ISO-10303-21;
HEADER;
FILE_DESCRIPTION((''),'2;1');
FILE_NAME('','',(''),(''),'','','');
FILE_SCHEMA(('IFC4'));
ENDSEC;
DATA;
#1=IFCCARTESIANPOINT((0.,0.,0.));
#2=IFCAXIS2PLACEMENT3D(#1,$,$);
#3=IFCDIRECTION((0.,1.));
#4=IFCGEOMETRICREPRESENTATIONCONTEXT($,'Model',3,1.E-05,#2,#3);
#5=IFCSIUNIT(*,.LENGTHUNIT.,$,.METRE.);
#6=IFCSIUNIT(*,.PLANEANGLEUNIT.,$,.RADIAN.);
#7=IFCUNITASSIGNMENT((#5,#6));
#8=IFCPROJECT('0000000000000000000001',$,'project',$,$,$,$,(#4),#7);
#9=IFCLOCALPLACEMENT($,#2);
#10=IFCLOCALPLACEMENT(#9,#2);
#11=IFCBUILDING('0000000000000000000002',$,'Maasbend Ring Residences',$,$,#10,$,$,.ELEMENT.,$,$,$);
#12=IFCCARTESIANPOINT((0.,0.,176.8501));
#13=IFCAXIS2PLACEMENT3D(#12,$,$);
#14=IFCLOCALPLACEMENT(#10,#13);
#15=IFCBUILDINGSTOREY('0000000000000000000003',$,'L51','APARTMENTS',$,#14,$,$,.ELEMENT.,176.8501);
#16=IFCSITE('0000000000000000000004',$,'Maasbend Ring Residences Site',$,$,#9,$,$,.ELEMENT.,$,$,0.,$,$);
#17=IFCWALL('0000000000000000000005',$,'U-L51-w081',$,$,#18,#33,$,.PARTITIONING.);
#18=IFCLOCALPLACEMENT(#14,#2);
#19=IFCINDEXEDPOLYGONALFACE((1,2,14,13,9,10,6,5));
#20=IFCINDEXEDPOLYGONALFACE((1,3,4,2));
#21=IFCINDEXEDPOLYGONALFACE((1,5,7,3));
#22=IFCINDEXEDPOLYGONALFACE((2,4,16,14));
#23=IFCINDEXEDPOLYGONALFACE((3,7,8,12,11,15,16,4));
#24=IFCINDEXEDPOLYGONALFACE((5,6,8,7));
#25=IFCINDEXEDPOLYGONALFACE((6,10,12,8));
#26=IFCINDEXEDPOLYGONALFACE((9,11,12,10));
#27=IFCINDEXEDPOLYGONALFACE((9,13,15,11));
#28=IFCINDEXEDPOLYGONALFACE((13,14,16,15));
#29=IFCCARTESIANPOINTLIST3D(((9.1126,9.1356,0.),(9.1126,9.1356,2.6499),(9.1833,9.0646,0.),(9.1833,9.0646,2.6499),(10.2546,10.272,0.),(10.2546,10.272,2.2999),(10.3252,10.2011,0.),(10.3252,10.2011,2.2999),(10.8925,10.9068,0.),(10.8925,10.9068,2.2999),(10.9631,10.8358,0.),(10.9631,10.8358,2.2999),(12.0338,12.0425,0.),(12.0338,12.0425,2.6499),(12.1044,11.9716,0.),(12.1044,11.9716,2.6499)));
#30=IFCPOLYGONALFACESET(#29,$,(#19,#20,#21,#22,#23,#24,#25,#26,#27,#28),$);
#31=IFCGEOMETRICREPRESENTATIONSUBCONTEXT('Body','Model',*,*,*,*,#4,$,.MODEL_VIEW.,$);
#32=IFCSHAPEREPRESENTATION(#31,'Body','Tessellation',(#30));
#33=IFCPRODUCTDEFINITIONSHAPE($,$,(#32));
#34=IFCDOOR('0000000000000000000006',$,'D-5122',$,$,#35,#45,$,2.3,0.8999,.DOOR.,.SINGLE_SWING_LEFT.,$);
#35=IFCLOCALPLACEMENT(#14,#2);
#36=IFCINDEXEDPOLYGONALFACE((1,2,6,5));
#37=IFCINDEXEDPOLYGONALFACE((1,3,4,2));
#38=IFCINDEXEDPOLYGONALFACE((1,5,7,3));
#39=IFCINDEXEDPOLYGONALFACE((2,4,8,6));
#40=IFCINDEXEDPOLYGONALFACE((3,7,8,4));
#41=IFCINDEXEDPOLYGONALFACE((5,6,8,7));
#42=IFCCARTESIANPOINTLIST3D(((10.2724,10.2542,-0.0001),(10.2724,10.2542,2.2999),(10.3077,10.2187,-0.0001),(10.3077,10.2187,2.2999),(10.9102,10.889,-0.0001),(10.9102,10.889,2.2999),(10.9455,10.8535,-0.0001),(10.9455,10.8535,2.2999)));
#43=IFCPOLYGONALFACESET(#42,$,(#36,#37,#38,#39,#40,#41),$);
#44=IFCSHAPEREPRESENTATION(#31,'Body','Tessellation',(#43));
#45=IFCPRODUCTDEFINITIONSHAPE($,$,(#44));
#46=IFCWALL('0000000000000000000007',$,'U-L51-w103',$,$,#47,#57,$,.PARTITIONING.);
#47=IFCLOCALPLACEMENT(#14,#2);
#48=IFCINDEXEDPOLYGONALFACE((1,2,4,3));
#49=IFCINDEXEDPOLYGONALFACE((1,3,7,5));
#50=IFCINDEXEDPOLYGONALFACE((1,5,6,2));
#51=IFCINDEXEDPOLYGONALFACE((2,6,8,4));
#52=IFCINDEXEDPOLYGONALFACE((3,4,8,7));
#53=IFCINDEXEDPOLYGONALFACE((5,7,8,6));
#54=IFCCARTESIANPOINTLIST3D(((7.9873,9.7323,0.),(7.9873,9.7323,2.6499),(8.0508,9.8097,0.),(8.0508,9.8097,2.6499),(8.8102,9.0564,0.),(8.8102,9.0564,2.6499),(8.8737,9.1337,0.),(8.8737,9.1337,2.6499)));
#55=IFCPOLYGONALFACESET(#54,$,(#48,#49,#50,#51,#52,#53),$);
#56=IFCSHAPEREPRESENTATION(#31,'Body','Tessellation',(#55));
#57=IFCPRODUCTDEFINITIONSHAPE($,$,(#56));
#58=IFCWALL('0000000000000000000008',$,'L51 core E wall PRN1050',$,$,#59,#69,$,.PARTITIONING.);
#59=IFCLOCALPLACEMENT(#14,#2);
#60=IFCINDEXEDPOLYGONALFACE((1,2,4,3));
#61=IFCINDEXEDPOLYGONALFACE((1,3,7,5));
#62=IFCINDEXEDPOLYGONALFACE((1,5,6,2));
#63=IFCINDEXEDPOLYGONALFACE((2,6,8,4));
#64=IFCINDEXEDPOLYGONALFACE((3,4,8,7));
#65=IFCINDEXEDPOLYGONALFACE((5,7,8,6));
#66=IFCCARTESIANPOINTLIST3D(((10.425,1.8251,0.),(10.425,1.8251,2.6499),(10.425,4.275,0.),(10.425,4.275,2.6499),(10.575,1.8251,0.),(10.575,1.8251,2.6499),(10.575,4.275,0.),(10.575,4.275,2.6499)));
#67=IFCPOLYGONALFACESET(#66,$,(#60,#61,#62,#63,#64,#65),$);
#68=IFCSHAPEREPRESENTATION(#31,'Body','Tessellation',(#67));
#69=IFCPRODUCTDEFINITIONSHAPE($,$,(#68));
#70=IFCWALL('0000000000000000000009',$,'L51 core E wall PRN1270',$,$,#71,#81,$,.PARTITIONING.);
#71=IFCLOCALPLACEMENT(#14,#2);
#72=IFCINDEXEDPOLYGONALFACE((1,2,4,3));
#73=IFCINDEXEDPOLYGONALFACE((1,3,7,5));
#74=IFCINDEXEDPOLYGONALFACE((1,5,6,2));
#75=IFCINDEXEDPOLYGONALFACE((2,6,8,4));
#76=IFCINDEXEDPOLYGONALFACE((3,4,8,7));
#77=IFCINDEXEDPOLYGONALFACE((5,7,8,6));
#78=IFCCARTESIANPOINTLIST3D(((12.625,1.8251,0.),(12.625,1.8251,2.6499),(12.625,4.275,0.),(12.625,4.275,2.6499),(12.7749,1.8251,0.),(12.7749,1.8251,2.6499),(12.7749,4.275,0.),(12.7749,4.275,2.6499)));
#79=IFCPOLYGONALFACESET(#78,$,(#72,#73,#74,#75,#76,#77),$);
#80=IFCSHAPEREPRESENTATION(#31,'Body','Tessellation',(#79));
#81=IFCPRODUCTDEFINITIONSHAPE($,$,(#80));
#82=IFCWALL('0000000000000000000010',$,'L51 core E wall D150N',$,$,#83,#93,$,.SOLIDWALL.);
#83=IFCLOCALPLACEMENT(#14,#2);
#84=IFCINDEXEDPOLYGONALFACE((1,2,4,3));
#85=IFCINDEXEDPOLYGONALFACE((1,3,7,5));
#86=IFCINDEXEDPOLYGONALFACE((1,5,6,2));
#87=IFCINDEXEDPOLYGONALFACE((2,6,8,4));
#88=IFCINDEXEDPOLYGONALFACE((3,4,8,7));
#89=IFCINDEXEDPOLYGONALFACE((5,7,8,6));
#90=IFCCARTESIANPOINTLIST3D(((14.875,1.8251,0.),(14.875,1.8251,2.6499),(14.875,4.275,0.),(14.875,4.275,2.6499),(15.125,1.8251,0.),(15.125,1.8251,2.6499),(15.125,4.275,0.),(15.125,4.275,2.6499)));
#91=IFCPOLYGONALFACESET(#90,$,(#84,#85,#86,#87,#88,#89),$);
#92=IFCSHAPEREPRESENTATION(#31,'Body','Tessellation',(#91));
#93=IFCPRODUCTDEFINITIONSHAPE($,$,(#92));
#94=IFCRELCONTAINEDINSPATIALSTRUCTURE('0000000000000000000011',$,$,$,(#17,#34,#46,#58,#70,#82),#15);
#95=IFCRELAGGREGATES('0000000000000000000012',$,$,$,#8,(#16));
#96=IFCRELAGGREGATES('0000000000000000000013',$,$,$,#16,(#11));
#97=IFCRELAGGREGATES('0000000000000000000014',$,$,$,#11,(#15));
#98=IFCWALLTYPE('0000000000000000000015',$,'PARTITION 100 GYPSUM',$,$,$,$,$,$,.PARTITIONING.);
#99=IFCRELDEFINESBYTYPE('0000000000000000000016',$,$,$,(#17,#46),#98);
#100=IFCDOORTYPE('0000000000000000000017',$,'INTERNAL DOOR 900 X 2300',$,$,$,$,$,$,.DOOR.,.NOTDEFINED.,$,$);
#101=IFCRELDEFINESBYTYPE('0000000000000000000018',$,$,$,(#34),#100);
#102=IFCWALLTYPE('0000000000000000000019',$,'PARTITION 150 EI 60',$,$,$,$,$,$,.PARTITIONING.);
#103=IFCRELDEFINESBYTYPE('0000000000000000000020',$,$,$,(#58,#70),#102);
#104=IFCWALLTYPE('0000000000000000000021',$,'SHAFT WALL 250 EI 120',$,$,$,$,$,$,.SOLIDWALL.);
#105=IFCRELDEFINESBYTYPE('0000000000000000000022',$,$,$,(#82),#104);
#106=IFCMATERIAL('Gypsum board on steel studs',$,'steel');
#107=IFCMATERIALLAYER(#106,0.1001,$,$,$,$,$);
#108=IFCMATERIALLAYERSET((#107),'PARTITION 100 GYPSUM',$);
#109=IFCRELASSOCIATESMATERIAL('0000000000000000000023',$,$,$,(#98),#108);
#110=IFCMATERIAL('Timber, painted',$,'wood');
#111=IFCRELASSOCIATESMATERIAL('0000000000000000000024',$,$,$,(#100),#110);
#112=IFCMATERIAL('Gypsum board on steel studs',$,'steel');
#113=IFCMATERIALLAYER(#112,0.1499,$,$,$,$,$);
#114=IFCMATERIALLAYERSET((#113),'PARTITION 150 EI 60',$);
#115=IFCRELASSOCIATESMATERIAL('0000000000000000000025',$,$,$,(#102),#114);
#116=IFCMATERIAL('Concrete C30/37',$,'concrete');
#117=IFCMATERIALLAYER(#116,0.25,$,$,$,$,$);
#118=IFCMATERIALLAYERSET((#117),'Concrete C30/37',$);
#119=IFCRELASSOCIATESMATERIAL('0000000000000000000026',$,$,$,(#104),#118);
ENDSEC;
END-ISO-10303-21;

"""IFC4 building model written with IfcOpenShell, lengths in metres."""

from ifc_helpers import new_model, si_unit, direction, frame, frame_2d, origin, place, context, subcontext, project, spatial, rectangle, extrude, material, layer, layer_set, type_object, element, fill, save


model = new_model("IFC4")

# Units and contexts
model_context = context("Model", 3, precision=1e-05, world=origin(), true_north=direction((0.0, 1.0)))
body_context = subcontext(model_context, "Body", "Model", "MODEL_VIEW")
ifc_project = project(units=[si_unit("LENGTHUNIT", "METRE"), si_unit("PLANEANGLEUNIT", "RADIAN")], contexts=[model_context])

# Site, building, storey
site_placement = place(None, origin())
site = spatial("IfcSite", under=ifc_project, at=site_placement, Name="Maasbend Ring Residences Site", CompositionType="ELEMENT", RefElevation=0.0)
building_placement = place(site_placement, origin())
building = spatial("IfcBuilding", under=site, at=building_placement, Name="Maasbend Ring Residences", CompositionType="ELEMENT")
storey_placement = place(building_placement, frame((0.0, 0.0, 176.8501)))
storey = spatial("IfcBuildingStorey", under=building, at=storey_placement, Name="L51", Description="APARTMENTS", CompositionType="ELEMENT", Elevation=176.8501)

# Wall, opening, door
ifc_material_1 = material(Name="Gypsum board on steel studs", Category="steel")
ifc_layer_1 = layer(ifc_material_1, 0.1001)
ifc_layer_set_1 = layer_set([ifc_layer_1], Name="PARTITION 100 GYPSUM")
wall_type_1 = type_object("IfcWallType", Name="PARTITION 100 GYPSUM", PredefinedType="PARTITIONING", material=ifc_layer_set_1)
ifc_material_2 = material(Name="Timber, painted", Category="wood")
door_type_1 = type_object("IfcDoorType", Name="INTERNAL DOOR 900 X 2300", OperationType="NOTDEFINED", PredefinedType="DOOR", material=ifc_material_2)
wall_1_placement = place(storey_placement, frame((9.1479, 9.1001, 0.0), z_axis=(0.0, 0.0, 1.0), x_axis=(0.708823, 0.705387, 0.0)))
wall_1 = element("IfcWall", 1, at=wall_1_placement, inside=storey, type_object=wall_type_1, Name="U-L51-w081", PredefinedType="PARTITIONING", context=body_context, shape_type="SweptSolid", body=[
    extrude(rectangle(XDim=4.1211, YDim=0.1001, at=frame_2d((2.0605, 0.0))), origin(), (0.0, 0.0, 1.0), 2.6499),
])
opening_1_placement = place(wall_1_placement, frame((1.6111, 0.0, 0.0)))
opening_1 = element("IfcOpeningElement", 2, at=opening_1_placement, cuts=wall_1, PredefinedType="OPENING", context=body_context, shape_type="SweptSolid", body=[
    extrude(rectangle(XDim=0.8999, YDim=2.3, at=frame_2d((0.45, 1.1499))), frame((0.0, 0.0601, 0.0), z_axis=(0.0, -1.0, 0.0), x_axis=(1.0, 0.0, 0.0)), (0.0, 0.0, 1.0), 0.1201),
])
door_1_placement = place(opening_1_placement, origin())
door_1 = element("IfcDoor", 3, at=door_1_placement, inside=storey, type_object=door_type_1, Name="D-5122", OperationType="SINGLE_SWING_LEFT", OverallHeight=2.3, OverallWidth=0.8999, PredefinedType="DOOR", context=body_context, shape_type="SweptSolid", body=[
    extrude(rectangle(XDim=0.8999, YDim=2.3, at=frame_2d((0.45, 1.1499))), frame((0.0, 0.0249, 0.0), z_axis=(0.0, -1.0, 0.0), x_axis=(1.0, 0.0, 0.0)), (0.0, 0.0, 1.0), 0.05),
])
fill(opening_1, door_1)

# Walls
wall_2_placement = place(storey_placement, frame((8.019, 9.771, 0.0), z_axis=(0.0, 0.0, 1.0), x_axis=(0.77273, -0.634735, 0.0)))
element("IfcWall", 4, at=wall_2_placement, inside=storey, type_object=wall_type_1, Name="U-L51-w103", PredefinedType="PARTITIONING", context=body_context, shape_type="SweptSolid", body=[
    extrude(rectangle(XDim=1.0649, YDim=0.1001, at=frame_2d((0.5325, 0.0))), origin(), (0.0, 0.0, 1.0), 2.6499),
])
ifc_material_3 = material(Name="Gypsum board on steel studs", Category="steel")
ifc_layer_2 = layer(ifc_material_3, 0.1499)
ifc_layer_set_2 = layer_set([ifc_layer_2], Name="PARTITION 150 EI 60")
wall_type_2 = type_object("IfcWallType", Name="PARTITION 150 EI 60", PredefinedType="PARTITIONING", material=ifc_layer_set_2)
for number, where, z_axis, x_axis, name in (
    (5, (10.5, 1.825, 0.0), (0.0, 0.0, 1.0), (0.0, 1.0, 0.0), "L51 core E wall PRN1050"),
    (6, (12.7, 1.825, 0.0), (0.0, 0.0, 1.0), (0.0, 1.0, 0.0), "L51 core E wall PRN1270"),
):
    element("IfcWall", number, at=place(storey_placement, frame(where, z_axis=z_axis, x_axis=x_axis)), inside=storey, type_object=wall_type_2, Name=name, PredefinedType="PARTITIONING", context=body_context, shape_type="SweptSolid", body=[
        extrude(rectangle(XDim=2.45, YDim=0.1499, at=frame_2d((1.2251, 0.0))), origin(), (0.0, 0.0, 1.0), 2.6499),
    ])
ifc_material_4 = material(Name="Concrete C30/37", Category="concrete")
ifc_layer_3 = layer(ifc_material_4, 0.25)
ifc_layer_set_3 = layer_set([ifc_layer_3], Name="Concrete C30/37")
wall_type_3 = type_object("IfcWallType", Name="SHAFT WALL 250 EI 120", PredefinedType="SOLIDWALL", material=ifc_layer_set_3)
wall_3_placement = place(storey_placement, frame((15.0, 1.825, 0.0), z_axis=(0.0, 0.0, 1.0), x_axis=(0.0, 1.0, 0.0)))
element("IfcWall", 7, at=wall_3_placement, inside=storey, type_object=wall_type_3, Name="L51 core E wall D150N", PredefinedType="SOLIDWALL", context=body_context, shape_type="SweptSolid", body=[
    extrude(rectangle(XDim=2.45, YDim=0.25, at=frame_2d((1.2251, 0.0))), origin(), (0.0, 0.0, 1.0), 2.6499),
])

save(model, "model.ifc")
